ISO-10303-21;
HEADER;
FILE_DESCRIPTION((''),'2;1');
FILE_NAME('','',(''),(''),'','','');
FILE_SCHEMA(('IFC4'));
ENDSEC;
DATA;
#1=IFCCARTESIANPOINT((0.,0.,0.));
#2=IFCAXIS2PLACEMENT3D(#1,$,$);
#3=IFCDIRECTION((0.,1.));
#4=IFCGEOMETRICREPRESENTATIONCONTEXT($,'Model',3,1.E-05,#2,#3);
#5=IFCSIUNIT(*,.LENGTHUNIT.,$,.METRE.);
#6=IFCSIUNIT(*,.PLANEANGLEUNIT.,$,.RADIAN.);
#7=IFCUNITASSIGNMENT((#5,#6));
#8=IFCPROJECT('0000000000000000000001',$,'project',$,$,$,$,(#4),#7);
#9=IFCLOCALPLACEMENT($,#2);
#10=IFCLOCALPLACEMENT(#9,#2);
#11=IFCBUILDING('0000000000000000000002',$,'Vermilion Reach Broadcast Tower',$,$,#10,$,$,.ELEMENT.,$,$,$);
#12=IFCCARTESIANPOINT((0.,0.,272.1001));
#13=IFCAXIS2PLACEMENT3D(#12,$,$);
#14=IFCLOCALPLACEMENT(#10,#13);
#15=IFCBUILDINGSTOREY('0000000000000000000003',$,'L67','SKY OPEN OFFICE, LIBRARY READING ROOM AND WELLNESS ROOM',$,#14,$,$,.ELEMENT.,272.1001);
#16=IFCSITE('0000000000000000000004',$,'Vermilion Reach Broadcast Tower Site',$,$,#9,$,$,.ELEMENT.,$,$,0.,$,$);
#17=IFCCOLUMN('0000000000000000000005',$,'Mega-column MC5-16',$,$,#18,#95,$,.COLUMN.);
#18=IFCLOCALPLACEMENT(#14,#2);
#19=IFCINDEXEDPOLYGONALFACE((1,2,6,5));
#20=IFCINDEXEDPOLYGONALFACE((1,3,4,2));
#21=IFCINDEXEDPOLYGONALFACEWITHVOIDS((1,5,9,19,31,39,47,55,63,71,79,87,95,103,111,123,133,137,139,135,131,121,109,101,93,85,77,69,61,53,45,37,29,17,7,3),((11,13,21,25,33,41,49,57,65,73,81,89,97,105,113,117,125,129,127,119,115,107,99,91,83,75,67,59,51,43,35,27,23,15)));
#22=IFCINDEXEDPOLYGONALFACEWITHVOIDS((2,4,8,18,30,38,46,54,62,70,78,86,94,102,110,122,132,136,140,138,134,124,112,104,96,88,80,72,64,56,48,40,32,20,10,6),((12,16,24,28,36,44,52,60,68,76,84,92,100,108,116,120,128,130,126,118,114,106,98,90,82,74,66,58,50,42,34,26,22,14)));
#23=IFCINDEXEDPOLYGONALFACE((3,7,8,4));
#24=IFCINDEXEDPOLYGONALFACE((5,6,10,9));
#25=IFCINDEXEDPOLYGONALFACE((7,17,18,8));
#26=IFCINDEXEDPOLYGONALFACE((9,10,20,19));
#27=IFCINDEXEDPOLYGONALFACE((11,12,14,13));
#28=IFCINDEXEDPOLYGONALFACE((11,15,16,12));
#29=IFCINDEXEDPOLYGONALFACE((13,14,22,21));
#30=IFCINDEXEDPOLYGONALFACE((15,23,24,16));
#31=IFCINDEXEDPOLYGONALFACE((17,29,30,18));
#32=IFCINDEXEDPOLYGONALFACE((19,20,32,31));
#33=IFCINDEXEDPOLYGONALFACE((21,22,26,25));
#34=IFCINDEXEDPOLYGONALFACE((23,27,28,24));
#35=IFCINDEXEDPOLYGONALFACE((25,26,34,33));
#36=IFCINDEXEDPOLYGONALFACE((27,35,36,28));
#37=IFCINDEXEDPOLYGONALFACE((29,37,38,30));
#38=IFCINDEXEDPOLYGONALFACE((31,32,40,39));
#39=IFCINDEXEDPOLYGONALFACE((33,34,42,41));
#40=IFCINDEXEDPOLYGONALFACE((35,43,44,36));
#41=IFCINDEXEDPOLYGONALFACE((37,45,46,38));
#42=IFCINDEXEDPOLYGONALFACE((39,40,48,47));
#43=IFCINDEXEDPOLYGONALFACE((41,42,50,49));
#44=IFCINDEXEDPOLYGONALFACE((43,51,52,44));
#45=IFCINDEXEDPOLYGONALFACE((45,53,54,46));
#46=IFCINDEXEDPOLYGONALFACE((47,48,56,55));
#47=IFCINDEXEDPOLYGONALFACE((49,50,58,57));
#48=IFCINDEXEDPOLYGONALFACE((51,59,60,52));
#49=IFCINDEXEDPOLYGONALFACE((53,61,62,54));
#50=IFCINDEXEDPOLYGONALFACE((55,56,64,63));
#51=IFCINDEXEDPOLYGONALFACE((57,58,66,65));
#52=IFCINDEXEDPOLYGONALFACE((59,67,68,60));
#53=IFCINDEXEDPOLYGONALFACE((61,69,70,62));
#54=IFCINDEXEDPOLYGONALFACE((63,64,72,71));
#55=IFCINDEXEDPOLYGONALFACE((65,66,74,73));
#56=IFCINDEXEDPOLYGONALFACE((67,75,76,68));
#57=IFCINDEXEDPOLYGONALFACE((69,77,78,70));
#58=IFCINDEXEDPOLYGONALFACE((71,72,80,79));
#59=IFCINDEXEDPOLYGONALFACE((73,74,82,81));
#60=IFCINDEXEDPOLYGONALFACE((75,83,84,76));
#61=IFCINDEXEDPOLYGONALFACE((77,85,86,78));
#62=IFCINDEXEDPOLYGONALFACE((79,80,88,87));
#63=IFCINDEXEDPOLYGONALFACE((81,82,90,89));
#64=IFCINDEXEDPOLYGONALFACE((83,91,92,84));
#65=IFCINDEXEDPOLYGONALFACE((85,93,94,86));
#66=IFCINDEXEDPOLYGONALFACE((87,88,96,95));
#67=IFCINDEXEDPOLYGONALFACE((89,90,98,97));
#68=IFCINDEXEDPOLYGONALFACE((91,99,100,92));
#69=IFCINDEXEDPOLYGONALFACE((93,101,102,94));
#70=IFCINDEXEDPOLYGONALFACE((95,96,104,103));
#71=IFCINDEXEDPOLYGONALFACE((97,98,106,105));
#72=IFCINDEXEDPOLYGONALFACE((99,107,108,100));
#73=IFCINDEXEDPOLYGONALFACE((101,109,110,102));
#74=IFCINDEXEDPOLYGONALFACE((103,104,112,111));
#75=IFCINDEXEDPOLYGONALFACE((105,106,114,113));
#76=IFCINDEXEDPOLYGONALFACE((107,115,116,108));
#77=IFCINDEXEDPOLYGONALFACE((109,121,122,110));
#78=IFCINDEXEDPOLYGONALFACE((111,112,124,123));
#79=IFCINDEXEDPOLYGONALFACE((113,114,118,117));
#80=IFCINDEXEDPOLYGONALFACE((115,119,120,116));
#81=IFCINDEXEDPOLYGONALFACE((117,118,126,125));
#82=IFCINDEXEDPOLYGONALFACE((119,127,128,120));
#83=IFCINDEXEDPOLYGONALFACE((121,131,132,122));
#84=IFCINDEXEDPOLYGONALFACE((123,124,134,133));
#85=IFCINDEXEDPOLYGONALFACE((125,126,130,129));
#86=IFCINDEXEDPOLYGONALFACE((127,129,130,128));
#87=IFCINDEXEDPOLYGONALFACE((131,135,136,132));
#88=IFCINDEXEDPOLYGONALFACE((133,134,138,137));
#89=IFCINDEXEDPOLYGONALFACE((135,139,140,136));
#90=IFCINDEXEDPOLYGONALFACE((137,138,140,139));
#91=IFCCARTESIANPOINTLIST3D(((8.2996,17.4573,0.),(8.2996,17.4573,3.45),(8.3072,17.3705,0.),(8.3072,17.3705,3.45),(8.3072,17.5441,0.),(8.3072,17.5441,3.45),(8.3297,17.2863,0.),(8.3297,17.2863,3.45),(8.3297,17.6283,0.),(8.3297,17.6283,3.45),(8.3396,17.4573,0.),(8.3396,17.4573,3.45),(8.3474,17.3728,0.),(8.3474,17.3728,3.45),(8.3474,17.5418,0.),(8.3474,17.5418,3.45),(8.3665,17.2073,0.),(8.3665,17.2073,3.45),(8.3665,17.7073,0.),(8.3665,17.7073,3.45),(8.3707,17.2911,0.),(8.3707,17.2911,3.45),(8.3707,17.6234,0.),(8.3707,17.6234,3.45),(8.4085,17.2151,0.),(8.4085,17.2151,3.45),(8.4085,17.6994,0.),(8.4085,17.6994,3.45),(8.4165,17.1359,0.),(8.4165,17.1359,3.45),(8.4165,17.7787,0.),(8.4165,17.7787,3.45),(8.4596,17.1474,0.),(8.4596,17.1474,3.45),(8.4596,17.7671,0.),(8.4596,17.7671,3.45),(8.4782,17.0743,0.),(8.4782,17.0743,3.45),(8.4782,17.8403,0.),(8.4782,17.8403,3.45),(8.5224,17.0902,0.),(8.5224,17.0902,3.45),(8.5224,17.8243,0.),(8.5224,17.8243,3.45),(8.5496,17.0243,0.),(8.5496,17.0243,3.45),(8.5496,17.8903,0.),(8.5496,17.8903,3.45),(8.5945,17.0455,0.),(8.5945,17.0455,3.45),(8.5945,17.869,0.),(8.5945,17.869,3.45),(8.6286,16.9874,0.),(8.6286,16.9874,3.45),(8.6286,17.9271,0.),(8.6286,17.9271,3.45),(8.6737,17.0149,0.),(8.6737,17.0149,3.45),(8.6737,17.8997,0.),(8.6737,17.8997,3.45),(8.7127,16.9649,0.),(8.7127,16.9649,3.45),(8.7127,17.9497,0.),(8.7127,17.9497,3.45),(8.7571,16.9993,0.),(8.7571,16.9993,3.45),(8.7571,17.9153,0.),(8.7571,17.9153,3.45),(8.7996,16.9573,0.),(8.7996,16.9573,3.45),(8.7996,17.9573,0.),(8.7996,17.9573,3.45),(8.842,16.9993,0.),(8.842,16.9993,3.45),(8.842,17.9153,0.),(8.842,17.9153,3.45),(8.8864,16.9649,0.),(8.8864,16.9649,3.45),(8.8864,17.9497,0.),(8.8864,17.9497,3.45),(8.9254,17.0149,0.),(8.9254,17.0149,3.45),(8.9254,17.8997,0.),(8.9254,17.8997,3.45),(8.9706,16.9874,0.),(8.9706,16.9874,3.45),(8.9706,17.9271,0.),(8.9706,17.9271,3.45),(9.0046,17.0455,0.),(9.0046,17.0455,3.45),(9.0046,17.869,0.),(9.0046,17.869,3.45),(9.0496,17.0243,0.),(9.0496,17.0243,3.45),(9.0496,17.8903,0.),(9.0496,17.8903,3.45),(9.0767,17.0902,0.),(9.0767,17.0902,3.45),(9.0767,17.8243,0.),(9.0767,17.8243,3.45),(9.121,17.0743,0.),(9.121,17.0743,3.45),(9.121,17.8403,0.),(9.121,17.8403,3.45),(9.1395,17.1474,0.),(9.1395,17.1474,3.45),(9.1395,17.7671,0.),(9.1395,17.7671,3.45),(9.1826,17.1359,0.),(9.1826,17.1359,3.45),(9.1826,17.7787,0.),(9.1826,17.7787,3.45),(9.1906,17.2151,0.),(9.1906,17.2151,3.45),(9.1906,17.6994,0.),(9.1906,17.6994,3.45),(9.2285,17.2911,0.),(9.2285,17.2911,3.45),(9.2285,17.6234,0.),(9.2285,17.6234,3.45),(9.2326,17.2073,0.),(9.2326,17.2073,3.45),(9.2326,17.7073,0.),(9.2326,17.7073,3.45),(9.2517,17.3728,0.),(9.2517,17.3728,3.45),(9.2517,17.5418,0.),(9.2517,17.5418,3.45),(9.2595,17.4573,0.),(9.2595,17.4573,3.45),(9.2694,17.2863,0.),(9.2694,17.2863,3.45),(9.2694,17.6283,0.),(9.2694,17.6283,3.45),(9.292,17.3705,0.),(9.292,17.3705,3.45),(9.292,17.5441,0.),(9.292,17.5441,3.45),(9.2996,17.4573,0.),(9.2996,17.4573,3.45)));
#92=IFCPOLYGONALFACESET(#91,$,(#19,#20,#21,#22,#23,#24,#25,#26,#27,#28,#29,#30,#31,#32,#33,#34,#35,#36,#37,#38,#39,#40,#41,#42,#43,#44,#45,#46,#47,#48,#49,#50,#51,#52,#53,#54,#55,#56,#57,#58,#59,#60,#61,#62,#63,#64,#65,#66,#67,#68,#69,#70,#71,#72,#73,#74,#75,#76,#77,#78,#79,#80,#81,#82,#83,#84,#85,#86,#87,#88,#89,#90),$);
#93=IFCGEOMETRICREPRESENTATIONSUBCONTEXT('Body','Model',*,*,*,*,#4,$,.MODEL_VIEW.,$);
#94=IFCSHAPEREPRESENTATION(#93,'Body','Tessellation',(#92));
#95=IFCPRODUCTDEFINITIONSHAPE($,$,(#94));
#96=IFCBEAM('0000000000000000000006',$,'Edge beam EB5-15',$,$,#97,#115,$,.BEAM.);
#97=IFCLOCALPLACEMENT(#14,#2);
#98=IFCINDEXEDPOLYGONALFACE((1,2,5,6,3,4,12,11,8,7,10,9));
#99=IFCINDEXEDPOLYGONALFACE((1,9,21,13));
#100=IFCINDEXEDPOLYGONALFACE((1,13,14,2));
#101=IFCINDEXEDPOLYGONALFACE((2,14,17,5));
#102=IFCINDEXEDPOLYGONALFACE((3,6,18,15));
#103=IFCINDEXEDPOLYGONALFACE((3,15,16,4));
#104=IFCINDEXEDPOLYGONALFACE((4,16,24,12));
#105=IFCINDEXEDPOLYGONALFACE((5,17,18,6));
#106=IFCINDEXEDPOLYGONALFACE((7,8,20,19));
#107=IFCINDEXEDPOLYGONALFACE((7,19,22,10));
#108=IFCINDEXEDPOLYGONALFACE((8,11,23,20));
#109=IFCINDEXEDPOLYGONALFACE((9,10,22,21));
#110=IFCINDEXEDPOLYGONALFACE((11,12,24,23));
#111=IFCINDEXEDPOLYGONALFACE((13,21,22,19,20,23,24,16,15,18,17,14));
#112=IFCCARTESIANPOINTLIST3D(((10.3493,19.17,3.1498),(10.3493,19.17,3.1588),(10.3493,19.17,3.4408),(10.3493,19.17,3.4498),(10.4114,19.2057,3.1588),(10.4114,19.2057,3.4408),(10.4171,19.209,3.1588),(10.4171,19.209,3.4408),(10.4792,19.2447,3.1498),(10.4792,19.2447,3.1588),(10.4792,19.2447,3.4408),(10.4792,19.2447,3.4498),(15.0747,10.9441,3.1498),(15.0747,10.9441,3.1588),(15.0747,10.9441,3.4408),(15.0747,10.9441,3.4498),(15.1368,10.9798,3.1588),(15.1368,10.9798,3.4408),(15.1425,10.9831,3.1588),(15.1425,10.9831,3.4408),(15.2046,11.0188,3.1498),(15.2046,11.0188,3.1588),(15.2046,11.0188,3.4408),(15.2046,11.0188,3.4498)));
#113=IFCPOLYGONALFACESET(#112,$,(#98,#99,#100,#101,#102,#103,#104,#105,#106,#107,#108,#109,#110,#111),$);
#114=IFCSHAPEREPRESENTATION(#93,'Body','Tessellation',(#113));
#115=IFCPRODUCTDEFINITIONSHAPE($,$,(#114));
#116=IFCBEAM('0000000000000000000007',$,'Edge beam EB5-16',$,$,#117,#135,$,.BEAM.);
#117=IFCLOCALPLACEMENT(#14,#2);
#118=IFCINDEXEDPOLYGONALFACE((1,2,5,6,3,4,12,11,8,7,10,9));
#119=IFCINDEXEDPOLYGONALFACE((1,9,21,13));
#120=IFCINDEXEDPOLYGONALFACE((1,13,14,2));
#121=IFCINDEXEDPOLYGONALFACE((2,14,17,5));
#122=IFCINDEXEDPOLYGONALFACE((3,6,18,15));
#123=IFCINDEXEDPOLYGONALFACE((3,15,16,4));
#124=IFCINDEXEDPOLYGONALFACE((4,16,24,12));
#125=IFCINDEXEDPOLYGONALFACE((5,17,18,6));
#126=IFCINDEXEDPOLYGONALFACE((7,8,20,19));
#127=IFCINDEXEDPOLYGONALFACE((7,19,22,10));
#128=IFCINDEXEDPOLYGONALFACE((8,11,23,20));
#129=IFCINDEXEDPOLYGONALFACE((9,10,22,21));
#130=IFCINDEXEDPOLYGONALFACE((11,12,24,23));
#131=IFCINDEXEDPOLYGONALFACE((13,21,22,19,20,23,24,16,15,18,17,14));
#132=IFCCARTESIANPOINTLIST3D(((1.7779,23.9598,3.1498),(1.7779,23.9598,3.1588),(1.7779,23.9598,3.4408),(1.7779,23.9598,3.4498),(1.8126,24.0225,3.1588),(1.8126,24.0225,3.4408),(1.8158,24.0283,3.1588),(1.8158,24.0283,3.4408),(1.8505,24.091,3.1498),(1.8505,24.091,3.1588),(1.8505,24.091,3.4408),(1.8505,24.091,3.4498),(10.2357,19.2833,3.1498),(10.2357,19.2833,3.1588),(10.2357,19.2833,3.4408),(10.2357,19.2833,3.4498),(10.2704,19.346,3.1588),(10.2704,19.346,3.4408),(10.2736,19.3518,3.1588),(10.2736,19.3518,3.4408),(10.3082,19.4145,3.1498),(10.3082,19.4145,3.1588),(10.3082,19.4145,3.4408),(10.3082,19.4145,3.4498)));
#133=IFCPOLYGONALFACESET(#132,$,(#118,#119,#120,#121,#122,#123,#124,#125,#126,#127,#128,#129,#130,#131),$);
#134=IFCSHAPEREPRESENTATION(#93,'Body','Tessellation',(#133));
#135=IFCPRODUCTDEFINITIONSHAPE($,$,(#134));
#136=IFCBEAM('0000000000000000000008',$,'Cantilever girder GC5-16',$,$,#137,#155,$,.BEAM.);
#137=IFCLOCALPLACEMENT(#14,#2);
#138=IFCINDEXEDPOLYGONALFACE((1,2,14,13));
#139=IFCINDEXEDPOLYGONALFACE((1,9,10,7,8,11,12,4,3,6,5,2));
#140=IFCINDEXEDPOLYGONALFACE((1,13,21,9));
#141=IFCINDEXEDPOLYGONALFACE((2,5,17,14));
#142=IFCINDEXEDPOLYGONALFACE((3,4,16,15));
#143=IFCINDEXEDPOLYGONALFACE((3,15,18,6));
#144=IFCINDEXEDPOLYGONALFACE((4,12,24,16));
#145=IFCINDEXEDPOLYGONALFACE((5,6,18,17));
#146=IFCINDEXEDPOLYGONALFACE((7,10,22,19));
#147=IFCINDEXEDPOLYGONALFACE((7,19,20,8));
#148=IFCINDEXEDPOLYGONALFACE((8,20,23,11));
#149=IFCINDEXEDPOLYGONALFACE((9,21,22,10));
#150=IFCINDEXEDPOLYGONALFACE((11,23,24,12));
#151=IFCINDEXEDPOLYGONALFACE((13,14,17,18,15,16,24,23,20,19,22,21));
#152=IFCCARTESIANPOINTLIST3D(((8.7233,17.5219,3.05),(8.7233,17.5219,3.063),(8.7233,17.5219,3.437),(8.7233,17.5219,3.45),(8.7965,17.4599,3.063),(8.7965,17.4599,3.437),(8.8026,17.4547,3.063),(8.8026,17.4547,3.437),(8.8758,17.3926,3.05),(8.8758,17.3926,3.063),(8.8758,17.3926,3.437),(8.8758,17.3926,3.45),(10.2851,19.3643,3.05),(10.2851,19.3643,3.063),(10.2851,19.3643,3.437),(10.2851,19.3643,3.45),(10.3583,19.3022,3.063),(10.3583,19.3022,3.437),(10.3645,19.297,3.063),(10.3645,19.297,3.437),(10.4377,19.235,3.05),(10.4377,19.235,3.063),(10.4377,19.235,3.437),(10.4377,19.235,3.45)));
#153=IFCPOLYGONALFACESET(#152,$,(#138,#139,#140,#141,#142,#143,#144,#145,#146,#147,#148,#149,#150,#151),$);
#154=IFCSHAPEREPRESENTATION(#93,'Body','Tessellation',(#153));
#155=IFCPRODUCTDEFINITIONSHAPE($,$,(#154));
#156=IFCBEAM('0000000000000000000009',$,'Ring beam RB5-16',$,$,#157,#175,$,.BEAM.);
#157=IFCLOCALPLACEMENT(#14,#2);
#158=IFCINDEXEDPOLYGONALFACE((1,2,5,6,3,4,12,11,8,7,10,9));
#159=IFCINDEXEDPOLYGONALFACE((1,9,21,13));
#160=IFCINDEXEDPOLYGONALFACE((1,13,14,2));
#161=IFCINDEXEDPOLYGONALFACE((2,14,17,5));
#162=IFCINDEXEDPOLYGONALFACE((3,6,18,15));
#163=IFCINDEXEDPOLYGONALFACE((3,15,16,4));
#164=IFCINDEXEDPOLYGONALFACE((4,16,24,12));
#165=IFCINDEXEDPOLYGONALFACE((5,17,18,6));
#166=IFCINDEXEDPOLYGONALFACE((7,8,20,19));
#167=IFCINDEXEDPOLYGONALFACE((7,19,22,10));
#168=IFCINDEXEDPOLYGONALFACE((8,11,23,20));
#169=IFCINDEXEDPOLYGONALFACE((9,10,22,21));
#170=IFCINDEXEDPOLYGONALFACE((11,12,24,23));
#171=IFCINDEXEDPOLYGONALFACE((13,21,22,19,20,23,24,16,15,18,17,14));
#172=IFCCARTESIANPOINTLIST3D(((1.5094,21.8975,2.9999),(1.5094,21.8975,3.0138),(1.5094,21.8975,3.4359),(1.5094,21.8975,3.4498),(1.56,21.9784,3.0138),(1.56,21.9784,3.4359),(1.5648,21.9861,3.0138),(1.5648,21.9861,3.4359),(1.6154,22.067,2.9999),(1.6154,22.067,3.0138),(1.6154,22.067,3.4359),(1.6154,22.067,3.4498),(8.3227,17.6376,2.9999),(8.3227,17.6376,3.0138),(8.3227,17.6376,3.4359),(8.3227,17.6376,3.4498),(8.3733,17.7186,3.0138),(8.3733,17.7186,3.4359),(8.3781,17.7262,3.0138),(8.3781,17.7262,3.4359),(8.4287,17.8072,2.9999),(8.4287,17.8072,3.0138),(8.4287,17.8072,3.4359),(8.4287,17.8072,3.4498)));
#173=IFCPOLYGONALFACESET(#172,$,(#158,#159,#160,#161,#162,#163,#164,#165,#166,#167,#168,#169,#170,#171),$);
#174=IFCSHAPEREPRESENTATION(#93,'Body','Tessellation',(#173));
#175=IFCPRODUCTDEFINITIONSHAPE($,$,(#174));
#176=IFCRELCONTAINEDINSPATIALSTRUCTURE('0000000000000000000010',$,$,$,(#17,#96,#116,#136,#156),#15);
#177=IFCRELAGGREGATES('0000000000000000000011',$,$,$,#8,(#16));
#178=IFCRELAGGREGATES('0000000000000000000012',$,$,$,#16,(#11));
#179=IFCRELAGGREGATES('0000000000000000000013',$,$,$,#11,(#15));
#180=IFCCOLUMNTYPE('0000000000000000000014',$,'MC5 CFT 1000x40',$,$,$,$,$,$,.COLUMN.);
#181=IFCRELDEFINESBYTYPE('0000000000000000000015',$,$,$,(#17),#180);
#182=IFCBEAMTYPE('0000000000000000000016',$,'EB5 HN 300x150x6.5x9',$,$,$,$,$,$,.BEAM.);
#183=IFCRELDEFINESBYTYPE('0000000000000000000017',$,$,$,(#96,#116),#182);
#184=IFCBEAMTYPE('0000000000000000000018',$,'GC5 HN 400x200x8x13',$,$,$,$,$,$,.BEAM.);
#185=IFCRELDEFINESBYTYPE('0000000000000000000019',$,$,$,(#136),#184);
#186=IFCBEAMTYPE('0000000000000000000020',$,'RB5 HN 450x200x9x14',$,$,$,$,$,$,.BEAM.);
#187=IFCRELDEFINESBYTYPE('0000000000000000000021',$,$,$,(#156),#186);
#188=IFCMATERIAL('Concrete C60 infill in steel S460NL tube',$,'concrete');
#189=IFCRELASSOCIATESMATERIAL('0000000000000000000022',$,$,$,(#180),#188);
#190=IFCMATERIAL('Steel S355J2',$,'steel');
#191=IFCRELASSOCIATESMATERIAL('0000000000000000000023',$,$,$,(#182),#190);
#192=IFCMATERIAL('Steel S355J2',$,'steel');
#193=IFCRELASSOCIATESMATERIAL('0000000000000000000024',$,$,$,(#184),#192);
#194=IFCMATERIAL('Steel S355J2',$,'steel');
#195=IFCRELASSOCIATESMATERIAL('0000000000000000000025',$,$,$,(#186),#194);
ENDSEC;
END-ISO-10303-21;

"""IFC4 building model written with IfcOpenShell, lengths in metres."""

from ifc_helpers import new_model, si_unit, direction, frame, origin, origin_2d, place, context, subcontext, project, spatial, hollow_circle, i_section, extrude, material, material_profile, profile_set, type_object, element, save


model = new_model("IFC4")

# Units and contexts
model_context = context("Model", 3, precision=1e-05, world=origin(), true_north=direction((0.0, 1.0)))
body_context = subcontext(model_context, "Body", "Model", "MODEL_VIEW")
ifc_project = project(units=[si_unit("LENGTHUNIT", "METRE"), si_unit("PLANEANGLEUNIT", "RADIAN")], contexts=[model_context])

# Site, building, storey
site_placement = place(None, origin())
site = spatial("IfcSite", under=ifc_project, at=site_placement, Name="Vermilion Reach Broadcast Tower Site", CompositionType="ELEMENT", RefElevation=0.0)
building_placement = place(site_placement, origin())
building = spatial("IfcBuilding", under=site, at=building_placement, Name="Vermilion Reach Broadcast Tower", CompositionType="ELEMENT")
storey_placement = place(building_placement, frame((0.0, 0.0, 272.1001)))
storey = spatial("IfcBuildingStorey", under=building, at=storey_placement, Name="L67", Description="SKY OPEN OFFICE, LIBRARY READING ROOM AND WELLNESS ROOM", CompositionType="ELEMENT", Elevation=272.1001)

# Column
ifc_material_1 = material(Name="Concrete C60 infill in steel S460NL tube", Category="concrete")
ifc_material_profile_1 = material_profile(ifc_material_1, hollow_circle(Radius=0.5, WallThickness=0.04, at=origin_2d()), Name="Concrete C60 infill in steel S460NL tube CFT 1000x40")
ifc_profile_set_1 = profile_set([ifc_material_profile_1], Name="Concrete C60 infill in steel S460NL tube")
column_type = type_object("IfcColumnType", Name="MC5 CFT 1000x40", PredefinedType="COLUMN", material=ifc_profile_set_1)
column_placement = place(storey_placement, frame((8.7996, 17.4573, 0.0), z_axis=(0.0, 0.0, 1.0), x_axis=(1.0, 0.0, 0.0)))
element("IfcColumn", 1, at=column_placement, inside=storey, type_object=column_type, Name="Mega-column MC5-16", PredefinedType="COLUMN", context=body_context, shape_type="SweptSolid", body=[
    extrude(hollow_circle(Radius=0.5, WallThickness=0.04, at=origin_2d()), origin(), (0.0, 0.0, 1.0), 3.45),
])

# Beams
ifc_material_2 = material(Name="Steel S355J2", Category="steel")
ifc_material_profile_2 = material_profile(ifc_material_2, i_section(OverallWidth=0.1499, OverallDepth=0.3, WebThickness=0.0066, FlangeThickness=0.009, at=origin_2d()), Name="S355J2 HN 300x150x6.5x9")
ifc_profile_set_2 = profile_set([ifc_material_profile_2], Name="Steel S355J2")
beam_type_1 = type_object("IfcBeamType", Name="EB5 HN 300x150x6.5x9", PredefinedType="BEAM", material=ifc_profile_set_2)
beam_1_placement = place(storey_placement, frame((15.1396, 10.9814, 3.2998), z_axis=(-0.498114, 0.867112, 0.0), x_axis=(-0.867112, -0.498114, 0.0)))
element("IfcBeam", 2, at=beam_1_placement, inside=storey, type_object=beam_type_1, Name="Edge beam EB5-15", PredefinedType="BEAM", context=body_context, shape_type="SweptSolid", body=[
    extrude(i_section(OverallWidth=0.1499, OverallDepth=0.3, WebThickness=0.0066, FlangeThickness=0.009, at=origin_2d()), origin(), (0.0, 0.0, 1.0), 9.4866),
])
beam_2_placement = place(storey_placement, frame((10.272, 19.3489, 3.2998), z_axis=(-0.875133, 0.483883, 0.0), x_axis=(-0.483883, -0.875133, 0.0)))
element("IfcBeam", 3, at=beam_2_placement, inside=storey, type_object=beam_type_1, Name="Edge beam EB5-16", PredefinedType="BEAM", context=body_context, shape_type="SweptSolid", body=[
    extrude(i_section(OverallWidth=0.1499, OverallDepth=0.3, WebThickness=0.0066, FlangeThickness=0.009, at=origin_2d()), origin(), (0.0, 0.0, 1.0), 9.6646),
])
ifc_material_3 = material(Name="Steel S355J2", Category="steel")
ifc_material_profile_3 = material_profile(ifc_material_3, i_section(OverallWidth=0.2, OverallDepth=0.3999, WebThickness=0.0081, FlangeThickness=0.0129, at=origin_2d()), Name="S355J2 HN 400x200x8x13")
ifc_profile_set_3 = profile_set([ifc_material_profile_3], Name="Steel S355J2")
beam_type_2 = type_object("IfcBeamType", Name="GC5 HN 400x200x8x13", PredefinedType="BEAM", material=ifc_profile_set_3)
beam_3_placement = place(storey_placement, frame((8.7996, 17.4573, 3.25), z_axis=(0.646644, 0.762792, 0.0), x_axis=(-0.762792, 0.646644, 0.0)))
element("IfcBeam", 4, at=beam_3_placement, inside=storey, type_object=beam_type_2, Name="Cantilever girder GC5-16", PredefinedType="BEAM", context=body_context, shape_type="SweptSolid", body=[
    extrude(i_section(OverallWidth=0.2, OverallDepth=0.3999, WebThickness=0.0081, FlangeThickness=0.0129, at=origin_2d()), origin(), (0.0, 0.0, 1.0), 2.4153),
])
ifc_material_4 = material(Name="Steel S355J2", Category="steel")
ifc_material_profile_4 = material_profile(ifc_material_4, i_section(OverallWidth=0.2, OverallDepth=0.45, WebThickness=0.009, FlangeThickness=0.0139, at=origin_2d()), Name="S355J2 HN 450x200x9x14")
ifc_profile_set_4 = profile_set([ifc_material_profile_4], Name="Steel S355J2")
beam_type_3 = type_object("IfcBeamType", Name="RB5 HN 450x200x9x14", PredefinedType="BEAM", material=ifc_profile_set_4)
beam_4_placement = place(storey_placement, frame((8.3757, 17.7224, 3.2249), z_axis=(-0.847915, 0.530133, 0.0), x_axis=(-0.530133, -0.847915, 0.0)))
element("IfcBeam", 5, at=beam_4_placement, inside=storey, type_object=beam_type_3, Name="Ring beam RB5-16", PredefinedType="BEAM", context=body_context, shape_type="SweptSolid", body=[
    extrude(i_section(OverallWidth=0.2, OverallDepth=0.45, WebThickness=0.009, FlangeThickness=0.0139, at=origin_2d()), origin(), (0.0, 0.0, 1.0), 8.0354),
])

save(model, "model.ifc")
